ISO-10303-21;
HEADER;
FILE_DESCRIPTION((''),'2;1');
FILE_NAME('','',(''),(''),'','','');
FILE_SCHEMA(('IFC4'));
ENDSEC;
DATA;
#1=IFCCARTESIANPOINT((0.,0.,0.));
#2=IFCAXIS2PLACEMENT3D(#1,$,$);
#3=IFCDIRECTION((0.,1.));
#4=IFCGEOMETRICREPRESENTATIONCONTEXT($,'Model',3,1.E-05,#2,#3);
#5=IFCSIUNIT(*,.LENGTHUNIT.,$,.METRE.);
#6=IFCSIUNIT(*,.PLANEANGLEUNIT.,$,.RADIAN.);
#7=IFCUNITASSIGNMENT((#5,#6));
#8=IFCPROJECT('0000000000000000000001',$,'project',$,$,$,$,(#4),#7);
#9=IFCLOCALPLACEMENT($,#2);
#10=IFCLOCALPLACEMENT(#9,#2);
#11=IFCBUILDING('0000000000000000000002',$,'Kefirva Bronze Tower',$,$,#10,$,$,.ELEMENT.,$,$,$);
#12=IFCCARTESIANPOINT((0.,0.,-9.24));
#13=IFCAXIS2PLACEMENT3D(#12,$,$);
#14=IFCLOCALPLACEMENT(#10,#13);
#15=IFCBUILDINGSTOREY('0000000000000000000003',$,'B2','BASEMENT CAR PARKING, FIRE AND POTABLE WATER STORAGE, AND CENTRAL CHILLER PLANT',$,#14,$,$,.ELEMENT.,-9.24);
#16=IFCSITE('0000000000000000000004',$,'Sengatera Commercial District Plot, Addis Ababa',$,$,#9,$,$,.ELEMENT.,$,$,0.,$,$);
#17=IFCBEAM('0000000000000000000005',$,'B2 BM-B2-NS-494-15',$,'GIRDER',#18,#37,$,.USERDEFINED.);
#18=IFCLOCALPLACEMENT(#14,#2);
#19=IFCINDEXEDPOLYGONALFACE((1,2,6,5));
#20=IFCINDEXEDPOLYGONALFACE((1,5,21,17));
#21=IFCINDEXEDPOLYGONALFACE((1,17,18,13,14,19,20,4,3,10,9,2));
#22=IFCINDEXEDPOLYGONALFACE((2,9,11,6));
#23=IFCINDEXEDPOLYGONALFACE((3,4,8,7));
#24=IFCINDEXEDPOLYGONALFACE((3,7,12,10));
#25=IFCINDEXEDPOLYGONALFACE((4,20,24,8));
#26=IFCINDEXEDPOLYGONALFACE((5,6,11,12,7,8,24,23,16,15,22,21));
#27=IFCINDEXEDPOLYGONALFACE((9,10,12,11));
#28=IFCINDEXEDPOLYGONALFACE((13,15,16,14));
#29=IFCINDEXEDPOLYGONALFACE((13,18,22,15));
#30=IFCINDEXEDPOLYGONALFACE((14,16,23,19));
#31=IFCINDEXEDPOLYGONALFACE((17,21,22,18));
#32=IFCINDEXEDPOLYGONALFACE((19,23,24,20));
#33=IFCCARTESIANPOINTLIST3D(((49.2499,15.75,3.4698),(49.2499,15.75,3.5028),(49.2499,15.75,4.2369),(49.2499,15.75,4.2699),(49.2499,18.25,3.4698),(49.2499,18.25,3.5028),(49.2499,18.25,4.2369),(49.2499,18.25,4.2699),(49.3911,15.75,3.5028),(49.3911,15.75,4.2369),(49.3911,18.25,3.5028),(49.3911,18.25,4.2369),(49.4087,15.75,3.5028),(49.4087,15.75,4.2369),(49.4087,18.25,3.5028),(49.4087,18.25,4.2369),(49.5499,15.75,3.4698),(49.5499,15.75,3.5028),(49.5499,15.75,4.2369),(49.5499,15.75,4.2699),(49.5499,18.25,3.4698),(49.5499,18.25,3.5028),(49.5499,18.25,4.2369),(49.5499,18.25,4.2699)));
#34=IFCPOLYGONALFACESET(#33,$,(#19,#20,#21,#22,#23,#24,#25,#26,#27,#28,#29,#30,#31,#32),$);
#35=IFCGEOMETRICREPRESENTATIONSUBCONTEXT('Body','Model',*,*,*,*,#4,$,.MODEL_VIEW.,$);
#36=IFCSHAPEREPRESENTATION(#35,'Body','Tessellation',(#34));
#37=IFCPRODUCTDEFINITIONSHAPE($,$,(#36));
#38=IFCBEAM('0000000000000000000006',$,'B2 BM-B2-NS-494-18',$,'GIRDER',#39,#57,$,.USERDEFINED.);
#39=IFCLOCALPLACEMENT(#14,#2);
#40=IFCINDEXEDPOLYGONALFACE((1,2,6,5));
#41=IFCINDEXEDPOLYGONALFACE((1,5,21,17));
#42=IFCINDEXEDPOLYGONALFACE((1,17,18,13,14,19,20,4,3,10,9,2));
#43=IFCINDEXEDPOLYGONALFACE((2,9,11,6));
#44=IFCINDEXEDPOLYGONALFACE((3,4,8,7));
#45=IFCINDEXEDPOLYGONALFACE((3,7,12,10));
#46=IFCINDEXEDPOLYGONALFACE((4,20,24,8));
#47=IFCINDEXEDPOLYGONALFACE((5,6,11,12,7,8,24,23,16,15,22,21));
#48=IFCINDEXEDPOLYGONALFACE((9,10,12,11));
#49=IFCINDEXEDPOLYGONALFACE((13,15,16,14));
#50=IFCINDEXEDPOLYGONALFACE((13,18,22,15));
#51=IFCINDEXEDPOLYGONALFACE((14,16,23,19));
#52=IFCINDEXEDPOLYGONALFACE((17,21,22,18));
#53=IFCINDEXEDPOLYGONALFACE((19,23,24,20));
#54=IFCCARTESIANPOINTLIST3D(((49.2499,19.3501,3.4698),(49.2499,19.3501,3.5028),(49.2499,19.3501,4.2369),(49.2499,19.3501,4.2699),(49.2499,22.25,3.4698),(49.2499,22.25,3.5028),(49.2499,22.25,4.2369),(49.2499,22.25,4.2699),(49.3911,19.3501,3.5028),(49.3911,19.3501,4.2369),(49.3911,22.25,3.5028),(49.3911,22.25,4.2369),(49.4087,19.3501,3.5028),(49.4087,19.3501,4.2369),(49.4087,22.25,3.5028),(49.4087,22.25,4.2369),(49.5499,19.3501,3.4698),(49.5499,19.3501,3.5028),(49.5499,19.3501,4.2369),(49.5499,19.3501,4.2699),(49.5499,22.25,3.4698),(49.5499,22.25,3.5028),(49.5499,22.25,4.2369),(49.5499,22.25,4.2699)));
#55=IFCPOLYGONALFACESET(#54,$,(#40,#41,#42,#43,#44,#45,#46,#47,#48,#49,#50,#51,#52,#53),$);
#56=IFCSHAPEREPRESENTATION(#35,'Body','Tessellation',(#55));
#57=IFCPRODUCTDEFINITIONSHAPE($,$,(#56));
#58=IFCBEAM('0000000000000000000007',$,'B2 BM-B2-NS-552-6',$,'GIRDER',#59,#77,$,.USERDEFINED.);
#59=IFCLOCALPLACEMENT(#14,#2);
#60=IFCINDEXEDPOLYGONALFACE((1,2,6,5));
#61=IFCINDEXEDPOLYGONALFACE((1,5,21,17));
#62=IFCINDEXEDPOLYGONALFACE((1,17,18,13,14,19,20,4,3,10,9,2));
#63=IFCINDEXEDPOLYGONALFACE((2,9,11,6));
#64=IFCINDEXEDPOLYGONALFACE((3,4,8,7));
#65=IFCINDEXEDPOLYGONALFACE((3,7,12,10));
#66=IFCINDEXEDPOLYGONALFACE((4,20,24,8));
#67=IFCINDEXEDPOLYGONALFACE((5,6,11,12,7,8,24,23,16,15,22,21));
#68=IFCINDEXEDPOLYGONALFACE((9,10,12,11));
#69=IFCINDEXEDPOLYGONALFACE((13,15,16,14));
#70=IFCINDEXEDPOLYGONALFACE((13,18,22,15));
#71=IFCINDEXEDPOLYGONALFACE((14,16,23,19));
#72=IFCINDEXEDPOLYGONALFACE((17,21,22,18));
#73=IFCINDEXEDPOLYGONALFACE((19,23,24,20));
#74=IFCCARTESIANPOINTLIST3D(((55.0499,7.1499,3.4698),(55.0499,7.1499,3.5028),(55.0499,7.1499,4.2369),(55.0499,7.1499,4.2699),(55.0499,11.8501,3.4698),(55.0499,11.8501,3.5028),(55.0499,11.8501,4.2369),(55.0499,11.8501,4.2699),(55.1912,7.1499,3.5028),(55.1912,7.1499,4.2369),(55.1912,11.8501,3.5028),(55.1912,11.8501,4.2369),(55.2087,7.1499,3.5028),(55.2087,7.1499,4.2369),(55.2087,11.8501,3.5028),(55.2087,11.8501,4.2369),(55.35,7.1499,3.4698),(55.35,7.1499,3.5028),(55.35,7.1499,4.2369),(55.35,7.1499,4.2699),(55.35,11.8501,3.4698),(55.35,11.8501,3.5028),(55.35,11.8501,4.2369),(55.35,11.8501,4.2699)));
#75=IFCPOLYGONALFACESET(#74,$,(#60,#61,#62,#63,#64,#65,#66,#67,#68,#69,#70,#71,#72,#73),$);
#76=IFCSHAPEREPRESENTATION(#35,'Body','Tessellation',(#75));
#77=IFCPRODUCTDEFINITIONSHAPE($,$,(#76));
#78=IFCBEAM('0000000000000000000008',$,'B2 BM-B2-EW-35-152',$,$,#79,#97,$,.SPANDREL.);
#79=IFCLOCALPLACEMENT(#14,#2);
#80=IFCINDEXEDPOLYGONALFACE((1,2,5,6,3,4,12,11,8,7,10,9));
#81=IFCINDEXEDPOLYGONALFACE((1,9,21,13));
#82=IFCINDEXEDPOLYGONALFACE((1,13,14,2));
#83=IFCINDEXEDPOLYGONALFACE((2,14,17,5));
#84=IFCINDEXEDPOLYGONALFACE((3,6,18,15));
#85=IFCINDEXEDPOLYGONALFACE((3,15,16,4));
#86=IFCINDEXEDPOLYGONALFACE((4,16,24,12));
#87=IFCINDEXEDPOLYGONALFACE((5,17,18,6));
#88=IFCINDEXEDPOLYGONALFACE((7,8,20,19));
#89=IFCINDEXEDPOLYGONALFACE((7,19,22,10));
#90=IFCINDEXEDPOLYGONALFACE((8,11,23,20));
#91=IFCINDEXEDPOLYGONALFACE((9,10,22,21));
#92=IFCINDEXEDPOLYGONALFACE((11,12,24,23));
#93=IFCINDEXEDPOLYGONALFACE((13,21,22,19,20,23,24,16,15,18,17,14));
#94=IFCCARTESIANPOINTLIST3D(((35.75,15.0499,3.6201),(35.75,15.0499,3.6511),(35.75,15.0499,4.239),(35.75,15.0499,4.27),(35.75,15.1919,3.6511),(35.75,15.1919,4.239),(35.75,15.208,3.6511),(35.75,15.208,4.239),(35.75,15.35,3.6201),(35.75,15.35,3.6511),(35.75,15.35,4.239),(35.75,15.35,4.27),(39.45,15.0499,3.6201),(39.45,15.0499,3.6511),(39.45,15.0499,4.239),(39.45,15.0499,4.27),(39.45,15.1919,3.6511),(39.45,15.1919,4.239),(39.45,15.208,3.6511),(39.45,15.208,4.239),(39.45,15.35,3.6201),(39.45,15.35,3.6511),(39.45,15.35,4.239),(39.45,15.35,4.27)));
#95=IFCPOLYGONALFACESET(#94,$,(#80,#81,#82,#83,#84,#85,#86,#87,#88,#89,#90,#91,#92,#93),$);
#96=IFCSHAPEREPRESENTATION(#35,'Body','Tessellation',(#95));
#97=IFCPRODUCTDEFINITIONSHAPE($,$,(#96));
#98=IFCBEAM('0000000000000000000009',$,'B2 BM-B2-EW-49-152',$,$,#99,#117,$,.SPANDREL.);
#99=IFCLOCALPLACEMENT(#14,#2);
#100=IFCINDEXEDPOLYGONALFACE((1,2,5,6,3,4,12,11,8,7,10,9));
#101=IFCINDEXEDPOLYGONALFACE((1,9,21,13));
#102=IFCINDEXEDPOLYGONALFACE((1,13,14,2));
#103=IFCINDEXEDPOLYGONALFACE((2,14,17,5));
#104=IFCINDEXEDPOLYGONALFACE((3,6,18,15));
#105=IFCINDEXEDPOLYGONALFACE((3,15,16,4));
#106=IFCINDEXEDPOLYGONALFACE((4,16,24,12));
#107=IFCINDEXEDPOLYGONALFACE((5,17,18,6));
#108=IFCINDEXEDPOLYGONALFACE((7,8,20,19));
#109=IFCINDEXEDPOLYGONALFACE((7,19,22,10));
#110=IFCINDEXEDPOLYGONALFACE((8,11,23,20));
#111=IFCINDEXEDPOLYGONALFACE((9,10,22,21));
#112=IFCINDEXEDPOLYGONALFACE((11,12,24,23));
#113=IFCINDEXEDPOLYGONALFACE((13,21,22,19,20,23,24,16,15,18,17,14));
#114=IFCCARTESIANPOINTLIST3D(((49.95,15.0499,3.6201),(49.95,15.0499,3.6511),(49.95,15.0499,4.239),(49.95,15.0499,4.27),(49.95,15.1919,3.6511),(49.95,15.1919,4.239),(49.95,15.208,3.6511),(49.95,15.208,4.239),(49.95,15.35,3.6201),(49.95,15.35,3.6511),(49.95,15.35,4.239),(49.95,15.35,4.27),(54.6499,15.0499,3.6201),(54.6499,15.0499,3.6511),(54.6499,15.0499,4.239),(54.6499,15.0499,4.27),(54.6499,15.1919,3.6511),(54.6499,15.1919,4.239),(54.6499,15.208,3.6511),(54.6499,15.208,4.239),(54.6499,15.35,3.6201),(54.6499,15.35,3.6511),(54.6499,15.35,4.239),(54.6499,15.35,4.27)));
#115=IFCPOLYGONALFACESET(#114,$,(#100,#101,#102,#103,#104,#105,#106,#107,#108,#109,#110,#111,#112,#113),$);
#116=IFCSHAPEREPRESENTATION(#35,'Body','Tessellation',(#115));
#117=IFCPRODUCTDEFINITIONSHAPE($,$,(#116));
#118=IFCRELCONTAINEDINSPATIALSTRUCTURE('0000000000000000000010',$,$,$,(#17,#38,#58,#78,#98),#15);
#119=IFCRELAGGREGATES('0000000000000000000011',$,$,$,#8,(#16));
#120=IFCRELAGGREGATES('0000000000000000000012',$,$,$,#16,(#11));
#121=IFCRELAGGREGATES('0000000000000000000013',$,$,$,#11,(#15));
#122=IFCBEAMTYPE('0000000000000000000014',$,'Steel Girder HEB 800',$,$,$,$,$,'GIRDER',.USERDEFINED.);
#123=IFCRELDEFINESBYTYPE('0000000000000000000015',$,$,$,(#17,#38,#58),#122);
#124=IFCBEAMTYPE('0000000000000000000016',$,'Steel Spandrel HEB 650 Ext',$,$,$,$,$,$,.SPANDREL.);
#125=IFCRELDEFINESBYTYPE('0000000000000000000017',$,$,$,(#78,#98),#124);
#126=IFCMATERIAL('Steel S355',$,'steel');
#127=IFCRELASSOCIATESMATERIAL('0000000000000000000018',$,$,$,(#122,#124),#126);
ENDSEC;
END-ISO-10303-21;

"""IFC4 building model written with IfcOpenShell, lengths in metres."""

from ifc_helpers import new_model, si_unit, direction, frame, origin, origin_2d, place, context, subcontext, project, spatial, i_section, extrude, material, material_profile, profile_set, type_object, element, save


model = new_model("IFC4")

# Units and contexts
model_context = context("Model", 3, precision=1e-05, world=origin(), true_north=direction((0.0, 1.0)))
body_context = subcontext(model_context, "Body", "Model", "MODEL_VIEW")
ifc_project = project(units=[si_unit("LENGTHUNIT", "METRE"), si_unit("PLANEANGLEUNIT", "RADIAN")], contexts=[model_context])

# Site, building, storey
site_placement = place(None, origin())
site = spatial("IfcSite", under=ifc_project, at=site_placement, Name="Sengatera Commercial District Plot, Addis Ababa", CompositionType="ELEMENT", RefElevation=0.0)
building_placement = place(site_placement, origin())
building = spatial("IfcBuilding", under=site, at=building_placement, Name="Kefirva Bronze Tower", CompositionType="ELEMENT")
storey_placement = place(building_placement, frame((0.0, 0.0, -9.24)))
storey = spatial("IfcBuildingStorey", under=building, at=storey_placement, Name="B2", Description="BASEMENT CAR PARKING, FIRE AND POTABLE WATER STORAGE, AND CENTRAL CHILLER PLANT", CompositionType="ELEMENT", Elevation=-9.24)

# Beams
ifc_material_1 = material(Name="Steel S355", Category="steel")
ifc_material_profile_1 = material_profile(ifc_material_1, i_section(OverallWidth=0.3, OverallDepth=0.8, WebThickness=0.0176, FlangeThickness=0.033, at=origin_2d()), Name="HEB 800")
ifc_profile_set_1 = profile_set([ifc_material_profile_1], Name="Steel S355")
beam_type_1 = type_object("IfcBeamType", Name="Steel Girder HEB 800", ElementType="GIRDER", PredefinedType="USERDEFINED", material=ifc_profile_set_1)
beam_1_placement = place(storey_placement, frame((49.3999, 15.75, 3.8699), z_axis=(0.0, 1.0, 0.0), x_axis=(-1.0, 0.0, 0.0)))
element("IfcBeam", 1, at=beam_1_placement, inside=storey, type_object=beam_type_1, Name="B2 BM-B2-NS-494-15", ObjectType="GIRDER", PredefinedType="USERDEFINED", context=body_context, shape_type="SweptSolid", body=[
    extrude(i_section(OverallWidth=0.3, OverallDepth=0.8, WebThickness=0.0176, FlangeThickness=0.033, at=origin_2d()), origin(), (0.0, 0.0, 1.0), 2.5),
])
beam_2_placement = place(storey_placement, frame((49.3999, 19.3501, 3.8699), z_axis=(0.0, 1.0, 0.0), x_axis=(-1.0, 0.0, 0.0)))
element("IfcBeam", 2, at=beam_2_placement, inside=storey, type_object=beam_type_1, Name="B2 BM-B2-NS-494-18", ObjectType="GIRDER", PredefinedType="USERDEFINED", context=body_context, shape_type="SweptSolid", body=[
    extrude(i_section(OverallWidth=0.3, OverallDepth=0.8, WebThickness=0.0176, FlangeThickness=0.033, at=origin_2d()), origin(), (0.0, 0.0, 1.0), 2.8999),
])
beam_3_placement = place(storey_placement, frame((55.2, 7.1499, 3.8699), z_axis=(0.0, 1.0, 0.0), x_axis=(-1.0, 0.0, 0.0)))
element("IfcBeam", 3, at=beam_3_placement, inside=storey, type_object=beam_type_1, Name="B2 BM-B2-NS-552-6", ObjectType="GIRDER", PredefinedType="USERDEFINED", context=body_context, shape_type="SweptSolid", body=[
    extrude(i_section(OverallWidth=0.3, OverallDepth=0.8, WebThickness=0.0176, FlangeThickness=0.033, at=origin_2d()), origin(), (0.0, 0.0, 1.0), 4.7002),
])
ifc_material_profile_2 = material_profile(ifc_material_1, i_section(OverallWidth=0.3, OverallDepth=0.6499, WebThickness=0.0161, FlangeThickness=0.031, at=origin_2d()), Name="HEB 650")
ifc_profile_set_2 = profile_set([ifc_material_profile_2], Name="Steel S355")
beam_type_2 = type_object("IfcBeamType", Name="Steel Spandrel HEB 650 Ext", PredefinedType="SPANDREL", material=ifc_profile_set_2)
beam_4_placement = place(storey_placement, frame((35.75, 15.2, 3.9451), z_axis=(1.0, 0.0, 0.0), x_axis=(0.0, 1.0, 0.0)))
element("IfcBeam", 4, at=beam_4_placement, inside=storey, type_object=beam_type_2, Name="B2 BM-B2-EW-35-152", PredefinedType="SPANDREL", context=body_context, shape_type="SweptSolid", body=[
    extrude(i_section(OverallWidth=0.3, OverallDepth=0.6499, WebThickness=0.0161, FlangeThickness=0.031, at=origin_2d()), origin(), (0.0, 0.0, 1.0), 3.7),
])
beam_5_placement = place(storey_placement, frame((49.95, 15.2, 3.9451), z_axis=(1.0, 0.0, 0.0), x_axis=(0.0, 1.0, 0.0)))
element("IfcBeam", 5, at=beam_5_placement, inside=storey, type_object=beam_type_2, Name="B2 BM-B2-EW-49-152", PredefinedType="SPANDREL", context=body_context, shape_type="SweptSolid", body=[
    extrude(i_section(OverallWidth=0.3, OverallDepth=0.6499, WebThickness=0.0161, FlangeThickness=0.031, at=origin_2d()), origin(), (0.0, 0.0, 1.0), 4.7),
])

save(model, "model.ifc")
